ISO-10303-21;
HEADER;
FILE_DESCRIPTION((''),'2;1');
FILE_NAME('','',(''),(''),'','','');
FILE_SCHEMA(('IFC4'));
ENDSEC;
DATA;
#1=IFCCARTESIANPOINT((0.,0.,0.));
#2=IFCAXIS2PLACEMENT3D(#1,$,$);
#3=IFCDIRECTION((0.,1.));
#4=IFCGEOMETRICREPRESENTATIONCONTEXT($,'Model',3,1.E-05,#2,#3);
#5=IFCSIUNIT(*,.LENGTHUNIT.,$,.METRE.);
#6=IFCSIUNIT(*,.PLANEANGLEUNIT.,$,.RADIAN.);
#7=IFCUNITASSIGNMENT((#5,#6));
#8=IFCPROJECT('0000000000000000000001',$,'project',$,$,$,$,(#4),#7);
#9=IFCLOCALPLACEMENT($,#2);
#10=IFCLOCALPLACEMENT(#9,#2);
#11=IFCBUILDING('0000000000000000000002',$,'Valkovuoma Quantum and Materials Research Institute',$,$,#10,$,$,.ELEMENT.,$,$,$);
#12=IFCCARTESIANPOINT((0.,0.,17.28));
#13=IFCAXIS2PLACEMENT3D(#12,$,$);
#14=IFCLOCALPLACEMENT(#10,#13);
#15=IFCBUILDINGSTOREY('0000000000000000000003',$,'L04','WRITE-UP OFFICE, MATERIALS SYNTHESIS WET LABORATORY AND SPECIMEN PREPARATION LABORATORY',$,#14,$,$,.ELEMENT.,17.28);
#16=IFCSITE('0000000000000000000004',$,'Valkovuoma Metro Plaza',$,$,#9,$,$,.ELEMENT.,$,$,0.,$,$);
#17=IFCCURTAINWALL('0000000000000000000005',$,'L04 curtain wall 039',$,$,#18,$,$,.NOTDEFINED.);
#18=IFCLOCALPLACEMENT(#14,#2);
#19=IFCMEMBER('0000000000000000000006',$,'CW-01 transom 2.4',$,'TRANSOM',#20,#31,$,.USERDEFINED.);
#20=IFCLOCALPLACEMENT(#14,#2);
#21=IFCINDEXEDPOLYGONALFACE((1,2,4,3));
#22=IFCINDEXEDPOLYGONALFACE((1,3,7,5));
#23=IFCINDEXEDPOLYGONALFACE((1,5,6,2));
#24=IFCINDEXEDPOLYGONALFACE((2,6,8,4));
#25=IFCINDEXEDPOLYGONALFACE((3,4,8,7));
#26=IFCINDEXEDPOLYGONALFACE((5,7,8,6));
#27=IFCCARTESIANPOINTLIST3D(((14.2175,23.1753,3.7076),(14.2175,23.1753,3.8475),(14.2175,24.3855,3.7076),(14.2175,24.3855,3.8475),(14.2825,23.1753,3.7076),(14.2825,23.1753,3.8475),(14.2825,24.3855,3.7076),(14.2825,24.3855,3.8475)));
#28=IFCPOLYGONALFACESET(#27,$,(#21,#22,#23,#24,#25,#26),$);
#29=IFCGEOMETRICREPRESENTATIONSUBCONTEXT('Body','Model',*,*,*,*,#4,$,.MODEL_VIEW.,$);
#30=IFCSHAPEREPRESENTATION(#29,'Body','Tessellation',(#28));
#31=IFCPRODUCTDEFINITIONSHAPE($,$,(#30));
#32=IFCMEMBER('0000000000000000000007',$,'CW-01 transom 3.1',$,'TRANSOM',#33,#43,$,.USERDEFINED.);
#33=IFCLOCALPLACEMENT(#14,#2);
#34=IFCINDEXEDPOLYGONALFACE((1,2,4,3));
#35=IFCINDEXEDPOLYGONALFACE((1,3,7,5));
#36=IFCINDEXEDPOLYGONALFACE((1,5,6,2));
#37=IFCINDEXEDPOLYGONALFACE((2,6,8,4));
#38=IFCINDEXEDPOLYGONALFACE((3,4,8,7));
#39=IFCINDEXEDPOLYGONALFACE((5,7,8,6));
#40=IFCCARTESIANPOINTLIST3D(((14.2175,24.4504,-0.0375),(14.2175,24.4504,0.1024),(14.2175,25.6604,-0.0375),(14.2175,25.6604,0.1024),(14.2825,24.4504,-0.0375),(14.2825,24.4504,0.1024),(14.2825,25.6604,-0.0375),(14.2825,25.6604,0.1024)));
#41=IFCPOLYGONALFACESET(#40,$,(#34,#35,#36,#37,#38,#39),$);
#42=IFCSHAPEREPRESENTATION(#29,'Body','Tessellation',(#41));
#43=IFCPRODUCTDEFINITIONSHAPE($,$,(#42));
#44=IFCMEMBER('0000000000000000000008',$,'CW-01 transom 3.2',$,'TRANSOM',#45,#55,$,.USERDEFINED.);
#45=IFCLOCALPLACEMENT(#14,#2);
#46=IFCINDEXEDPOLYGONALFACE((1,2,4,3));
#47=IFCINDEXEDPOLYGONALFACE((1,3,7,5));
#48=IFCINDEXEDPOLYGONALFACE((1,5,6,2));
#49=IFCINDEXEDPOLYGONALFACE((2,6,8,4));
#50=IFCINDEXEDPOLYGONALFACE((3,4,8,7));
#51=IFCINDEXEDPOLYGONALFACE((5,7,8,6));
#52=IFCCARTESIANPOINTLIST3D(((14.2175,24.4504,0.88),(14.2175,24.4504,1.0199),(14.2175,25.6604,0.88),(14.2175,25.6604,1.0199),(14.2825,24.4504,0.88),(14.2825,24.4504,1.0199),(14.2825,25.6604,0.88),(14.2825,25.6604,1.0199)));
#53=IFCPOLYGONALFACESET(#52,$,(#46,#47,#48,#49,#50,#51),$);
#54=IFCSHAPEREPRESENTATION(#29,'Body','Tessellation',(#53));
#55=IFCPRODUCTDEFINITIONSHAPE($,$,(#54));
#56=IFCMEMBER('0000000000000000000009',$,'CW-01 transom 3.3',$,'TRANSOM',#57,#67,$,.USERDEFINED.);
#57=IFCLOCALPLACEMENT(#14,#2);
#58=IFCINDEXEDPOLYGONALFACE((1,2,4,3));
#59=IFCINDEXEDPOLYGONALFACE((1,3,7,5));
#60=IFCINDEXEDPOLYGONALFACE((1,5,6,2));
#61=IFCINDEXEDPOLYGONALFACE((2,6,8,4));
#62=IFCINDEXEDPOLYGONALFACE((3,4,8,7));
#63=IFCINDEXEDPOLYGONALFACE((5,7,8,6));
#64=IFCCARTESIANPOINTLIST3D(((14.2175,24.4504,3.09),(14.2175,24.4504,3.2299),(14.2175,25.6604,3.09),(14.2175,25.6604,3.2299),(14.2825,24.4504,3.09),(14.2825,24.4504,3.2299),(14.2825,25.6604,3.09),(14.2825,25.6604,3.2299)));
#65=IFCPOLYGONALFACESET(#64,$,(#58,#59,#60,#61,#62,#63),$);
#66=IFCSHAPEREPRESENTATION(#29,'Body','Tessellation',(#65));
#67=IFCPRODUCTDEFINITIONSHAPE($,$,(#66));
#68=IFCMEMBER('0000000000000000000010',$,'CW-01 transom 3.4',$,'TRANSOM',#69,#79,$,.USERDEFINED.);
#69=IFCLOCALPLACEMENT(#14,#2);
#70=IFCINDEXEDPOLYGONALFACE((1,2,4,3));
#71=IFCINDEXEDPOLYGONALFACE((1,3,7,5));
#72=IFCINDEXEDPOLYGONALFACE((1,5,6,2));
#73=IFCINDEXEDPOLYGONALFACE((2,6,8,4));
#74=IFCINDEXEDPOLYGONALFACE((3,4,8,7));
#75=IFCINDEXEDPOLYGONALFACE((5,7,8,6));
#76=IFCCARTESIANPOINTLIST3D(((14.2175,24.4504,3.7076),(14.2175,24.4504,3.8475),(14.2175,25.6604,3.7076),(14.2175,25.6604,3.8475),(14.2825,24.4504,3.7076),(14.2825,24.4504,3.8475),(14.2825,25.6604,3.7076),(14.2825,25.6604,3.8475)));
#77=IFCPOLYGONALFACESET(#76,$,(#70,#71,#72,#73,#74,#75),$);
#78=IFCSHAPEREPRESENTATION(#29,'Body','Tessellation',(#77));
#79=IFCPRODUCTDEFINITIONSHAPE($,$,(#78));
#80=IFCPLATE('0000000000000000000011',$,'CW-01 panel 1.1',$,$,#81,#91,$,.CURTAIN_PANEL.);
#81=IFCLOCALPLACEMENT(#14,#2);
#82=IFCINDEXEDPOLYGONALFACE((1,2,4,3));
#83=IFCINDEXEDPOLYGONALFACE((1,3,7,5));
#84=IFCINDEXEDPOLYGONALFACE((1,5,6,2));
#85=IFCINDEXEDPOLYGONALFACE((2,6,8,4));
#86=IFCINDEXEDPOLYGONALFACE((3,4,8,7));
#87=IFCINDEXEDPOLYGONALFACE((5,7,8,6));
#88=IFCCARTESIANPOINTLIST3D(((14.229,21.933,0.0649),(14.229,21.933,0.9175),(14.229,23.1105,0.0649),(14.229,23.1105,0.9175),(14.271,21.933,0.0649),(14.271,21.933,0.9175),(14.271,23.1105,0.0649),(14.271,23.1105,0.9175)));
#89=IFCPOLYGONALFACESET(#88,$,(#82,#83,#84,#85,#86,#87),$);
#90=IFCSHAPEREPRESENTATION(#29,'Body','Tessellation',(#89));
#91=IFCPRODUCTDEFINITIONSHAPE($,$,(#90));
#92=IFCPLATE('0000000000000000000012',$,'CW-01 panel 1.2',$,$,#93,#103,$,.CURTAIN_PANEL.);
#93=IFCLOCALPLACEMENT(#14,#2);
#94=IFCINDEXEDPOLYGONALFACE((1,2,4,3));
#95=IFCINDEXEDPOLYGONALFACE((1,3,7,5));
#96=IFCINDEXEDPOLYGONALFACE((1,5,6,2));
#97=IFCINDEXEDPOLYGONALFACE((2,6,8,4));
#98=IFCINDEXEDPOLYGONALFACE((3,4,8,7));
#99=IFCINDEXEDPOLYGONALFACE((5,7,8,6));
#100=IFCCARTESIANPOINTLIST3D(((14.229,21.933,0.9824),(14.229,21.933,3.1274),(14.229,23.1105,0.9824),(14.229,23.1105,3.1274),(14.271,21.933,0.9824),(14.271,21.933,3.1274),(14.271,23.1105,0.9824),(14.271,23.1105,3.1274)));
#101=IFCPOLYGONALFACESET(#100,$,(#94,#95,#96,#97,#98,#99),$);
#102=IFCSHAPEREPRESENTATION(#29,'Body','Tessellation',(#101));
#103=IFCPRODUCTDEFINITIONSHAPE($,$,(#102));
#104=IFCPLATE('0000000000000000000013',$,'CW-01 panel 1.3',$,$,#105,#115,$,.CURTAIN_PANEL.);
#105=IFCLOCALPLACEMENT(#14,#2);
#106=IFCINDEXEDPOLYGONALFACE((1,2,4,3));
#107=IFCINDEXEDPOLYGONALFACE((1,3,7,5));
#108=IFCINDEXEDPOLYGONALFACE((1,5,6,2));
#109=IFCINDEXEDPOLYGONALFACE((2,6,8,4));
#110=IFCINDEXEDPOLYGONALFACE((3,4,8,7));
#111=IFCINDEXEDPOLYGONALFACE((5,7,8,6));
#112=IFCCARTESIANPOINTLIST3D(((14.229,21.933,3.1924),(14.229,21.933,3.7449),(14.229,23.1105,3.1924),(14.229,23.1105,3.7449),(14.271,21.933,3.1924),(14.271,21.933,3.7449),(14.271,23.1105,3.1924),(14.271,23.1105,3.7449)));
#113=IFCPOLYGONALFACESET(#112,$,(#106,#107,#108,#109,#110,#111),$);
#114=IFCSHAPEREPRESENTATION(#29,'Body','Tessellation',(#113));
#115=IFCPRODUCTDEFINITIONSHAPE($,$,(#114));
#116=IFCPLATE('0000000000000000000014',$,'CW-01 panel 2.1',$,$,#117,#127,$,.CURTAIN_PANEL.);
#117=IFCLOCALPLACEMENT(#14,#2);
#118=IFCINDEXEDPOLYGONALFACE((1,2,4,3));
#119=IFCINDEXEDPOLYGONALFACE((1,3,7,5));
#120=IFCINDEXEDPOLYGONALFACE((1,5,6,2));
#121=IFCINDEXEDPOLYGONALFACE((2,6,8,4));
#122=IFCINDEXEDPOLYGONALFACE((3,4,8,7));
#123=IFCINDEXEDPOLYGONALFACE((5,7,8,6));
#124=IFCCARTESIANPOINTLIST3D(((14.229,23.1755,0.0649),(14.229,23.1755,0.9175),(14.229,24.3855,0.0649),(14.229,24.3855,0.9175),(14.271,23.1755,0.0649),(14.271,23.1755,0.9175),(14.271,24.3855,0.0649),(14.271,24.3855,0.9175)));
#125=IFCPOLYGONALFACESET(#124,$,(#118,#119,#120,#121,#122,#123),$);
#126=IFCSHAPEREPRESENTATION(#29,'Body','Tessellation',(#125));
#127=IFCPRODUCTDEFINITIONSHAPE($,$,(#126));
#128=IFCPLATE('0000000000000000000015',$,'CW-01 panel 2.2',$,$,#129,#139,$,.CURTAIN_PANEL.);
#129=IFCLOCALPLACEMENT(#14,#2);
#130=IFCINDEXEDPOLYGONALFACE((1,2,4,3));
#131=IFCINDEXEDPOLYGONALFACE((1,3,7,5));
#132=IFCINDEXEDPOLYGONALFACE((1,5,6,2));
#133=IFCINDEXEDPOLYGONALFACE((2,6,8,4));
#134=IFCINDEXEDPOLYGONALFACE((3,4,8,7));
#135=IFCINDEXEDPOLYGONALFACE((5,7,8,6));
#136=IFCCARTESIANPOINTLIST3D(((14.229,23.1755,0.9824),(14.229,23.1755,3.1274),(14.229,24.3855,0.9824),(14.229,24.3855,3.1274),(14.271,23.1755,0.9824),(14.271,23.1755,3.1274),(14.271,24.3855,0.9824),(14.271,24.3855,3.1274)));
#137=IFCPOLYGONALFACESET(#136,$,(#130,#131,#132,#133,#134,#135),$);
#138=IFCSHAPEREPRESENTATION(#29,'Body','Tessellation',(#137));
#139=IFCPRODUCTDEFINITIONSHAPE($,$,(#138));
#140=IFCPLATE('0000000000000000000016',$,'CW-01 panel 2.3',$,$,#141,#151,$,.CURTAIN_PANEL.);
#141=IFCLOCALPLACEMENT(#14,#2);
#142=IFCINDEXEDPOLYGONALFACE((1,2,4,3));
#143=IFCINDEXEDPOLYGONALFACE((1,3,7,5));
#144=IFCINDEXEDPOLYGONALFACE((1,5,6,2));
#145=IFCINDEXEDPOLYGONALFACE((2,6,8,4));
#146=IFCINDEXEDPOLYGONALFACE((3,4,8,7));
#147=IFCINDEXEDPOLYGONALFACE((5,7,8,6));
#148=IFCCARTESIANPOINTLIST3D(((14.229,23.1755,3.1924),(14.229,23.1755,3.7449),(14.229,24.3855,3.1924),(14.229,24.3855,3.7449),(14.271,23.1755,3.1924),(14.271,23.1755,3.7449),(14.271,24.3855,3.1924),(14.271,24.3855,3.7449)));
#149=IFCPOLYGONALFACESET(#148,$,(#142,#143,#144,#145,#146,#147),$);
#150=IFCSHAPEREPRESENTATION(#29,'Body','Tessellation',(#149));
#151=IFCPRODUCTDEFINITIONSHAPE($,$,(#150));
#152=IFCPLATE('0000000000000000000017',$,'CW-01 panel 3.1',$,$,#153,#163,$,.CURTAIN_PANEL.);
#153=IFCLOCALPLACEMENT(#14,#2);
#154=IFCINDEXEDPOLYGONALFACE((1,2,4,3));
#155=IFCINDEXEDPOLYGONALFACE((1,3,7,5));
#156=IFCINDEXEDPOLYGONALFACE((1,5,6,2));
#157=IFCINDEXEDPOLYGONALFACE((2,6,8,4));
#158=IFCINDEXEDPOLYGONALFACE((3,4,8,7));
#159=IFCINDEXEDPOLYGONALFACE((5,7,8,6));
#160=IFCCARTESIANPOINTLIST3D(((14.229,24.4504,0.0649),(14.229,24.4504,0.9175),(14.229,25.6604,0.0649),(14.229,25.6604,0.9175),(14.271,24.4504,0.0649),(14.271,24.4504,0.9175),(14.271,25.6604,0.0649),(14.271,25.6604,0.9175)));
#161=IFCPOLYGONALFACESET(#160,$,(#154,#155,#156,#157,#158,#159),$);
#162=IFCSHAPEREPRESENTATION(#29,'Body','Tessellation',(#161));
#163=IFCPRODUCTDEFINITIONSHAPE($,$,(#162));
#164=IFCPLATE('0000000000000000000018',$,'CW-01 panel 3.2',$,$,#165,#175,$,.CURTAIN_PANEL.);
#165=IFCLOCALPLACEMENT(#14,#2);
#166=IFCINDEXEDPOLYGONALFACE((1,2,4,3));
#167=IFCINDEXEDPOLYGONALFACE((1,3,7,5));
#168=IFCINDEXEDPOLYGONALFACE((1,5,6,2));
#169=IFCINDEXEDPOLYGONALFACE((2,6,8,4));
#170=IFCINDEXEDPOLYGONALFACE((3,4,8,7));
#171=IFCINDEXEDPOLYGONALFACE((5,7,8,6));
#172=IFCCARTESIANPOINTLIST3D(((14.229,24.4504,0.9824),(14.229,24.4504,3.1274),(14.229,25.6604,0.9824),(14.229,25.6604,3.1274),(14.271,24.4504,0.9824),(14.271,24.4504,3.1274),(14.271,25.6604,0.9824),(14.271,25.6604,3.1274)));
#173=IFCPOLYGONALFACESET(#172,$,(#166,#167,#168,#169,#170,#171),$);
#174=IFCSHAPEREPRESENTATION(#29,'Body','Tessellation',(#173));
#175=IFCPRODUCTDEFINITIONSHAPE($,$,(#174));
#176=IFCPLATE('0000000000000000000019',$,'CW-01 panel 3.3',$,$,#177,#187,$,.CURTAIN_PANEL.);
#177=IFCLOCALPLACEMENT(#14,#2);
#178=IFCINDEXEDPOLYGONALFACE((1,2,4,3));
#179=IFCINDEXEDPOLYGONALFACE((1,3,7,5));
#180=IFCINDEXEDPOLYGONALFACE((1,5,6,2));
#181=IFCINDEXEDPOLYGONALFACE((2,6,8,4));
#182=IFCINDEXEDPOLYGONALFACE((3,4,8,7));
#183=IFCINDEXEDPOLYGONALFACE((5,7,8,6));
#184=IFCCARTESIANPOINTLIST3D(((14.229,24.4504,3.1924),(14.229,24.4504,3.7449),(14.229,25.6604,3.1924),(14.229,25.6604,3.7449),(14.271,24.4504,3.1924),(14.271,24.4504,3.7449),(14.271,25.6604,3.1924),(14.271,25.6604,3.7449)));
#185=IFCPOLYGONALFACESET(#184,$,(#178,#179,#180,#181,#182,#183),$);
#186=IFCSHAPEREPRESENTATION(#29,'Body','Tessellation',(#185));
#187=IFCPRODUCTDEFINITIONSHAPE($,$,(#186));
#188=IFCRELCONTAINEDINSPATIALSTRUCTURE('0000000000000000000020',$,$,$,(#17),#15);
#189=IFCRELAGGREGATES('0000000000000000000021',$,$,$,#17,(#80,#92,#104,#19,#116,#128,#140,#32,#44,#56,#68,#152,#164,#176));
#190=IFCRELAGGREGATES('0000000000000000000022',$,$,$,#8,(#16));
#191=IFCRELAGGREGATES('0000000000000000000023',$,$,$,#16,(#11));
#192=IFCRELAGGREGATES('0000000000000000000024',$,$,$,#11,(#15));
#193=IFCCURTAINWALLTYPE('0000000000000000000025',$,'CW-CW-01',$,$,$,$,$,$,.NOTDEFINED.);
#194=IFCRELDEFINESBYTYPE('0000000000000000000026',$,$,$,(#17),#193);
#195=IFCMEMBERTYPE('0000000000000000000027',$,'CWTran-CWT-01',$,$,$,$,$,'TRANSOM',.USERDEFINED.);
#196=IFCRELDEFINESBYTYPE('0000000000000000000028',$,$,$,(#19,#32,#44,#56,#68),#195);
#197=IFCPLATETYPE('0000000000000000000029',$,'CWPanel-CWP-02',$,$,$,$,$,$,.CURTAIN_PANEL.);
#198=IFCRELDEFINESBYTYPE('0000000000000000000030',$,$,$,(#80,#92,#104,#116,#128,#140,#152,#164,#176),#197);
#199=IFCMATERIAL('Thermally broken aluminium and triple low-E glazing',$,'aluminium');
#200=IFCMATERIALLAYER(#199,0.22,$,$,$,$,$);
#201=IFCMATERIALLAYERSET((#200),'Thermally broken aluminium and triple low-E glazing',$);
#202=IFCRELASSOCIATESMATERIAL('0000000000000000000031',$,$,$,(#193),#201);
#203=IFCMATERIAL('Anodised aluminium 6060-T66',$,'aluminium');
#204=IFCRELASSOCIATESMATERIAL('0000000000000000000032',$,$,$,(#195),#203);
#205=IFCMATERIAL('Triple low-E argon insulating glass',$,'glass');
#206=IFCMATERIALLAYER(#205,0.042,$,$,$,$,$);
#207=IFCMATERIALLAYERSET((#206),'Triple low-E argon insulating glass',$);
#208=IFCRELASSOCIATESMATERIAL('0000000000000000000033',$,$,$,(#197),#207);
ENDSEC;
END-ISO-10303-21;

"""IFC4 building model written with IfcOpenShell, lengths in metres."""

from ifc_helpers import new_model, si_unit, direction, frame, origin, origin_2d, place, context, subcontext, project, spatial, rectangle, extrude, material, layer, layer_set, material_profile, profile_set, type_object, element, aggregate, save


model = new_model("IFC4")

# Units and contexts
model_context = context("Model", 3, precision=1e-05, world=origin(), true_north=direction((0.0, 1.0)))
body_context = subcontext(model_context, "Body", "Model", "MODEL_VIEW")
ifc_project = project(units=[si_unit("LENGTHUNIT", "METRE"), si_unit("PLANEANGLEUNIT", "RADIAN")], contexts=[model_context])

# Site, building, storey
site_placement = place(None, origin())
site = spatial("IfcSite", under=ifc_project, at=site_placement, Name="Valkovuoma Metro Plaza", CompositionType="ELEMENT", RefElevation=0.0)
building_placement = place(site_placement, origin())
building = spatial("IfcBuilding", under=site, at=building_placement, Name="Valkovuoma Quantum and Materials Research Institute", CompositionType="ELEMENT")
storey_placement = place(building_placement, frame((0.0, 0.0, 17.28)))
storey = spatial("IfcBuildingStorey", under=building, at=storey_placement, Name="L04", Description="WRITE-UP OFFICE, MATERIALS SYNTHESIS WET LABORATORY AND SPECIMEN PREPARATION LABORATORY", CompositionType="ELEMENT", Elevation=17.28)

# Curtain wall, members, plates
ifc_material_1 = material(Name="Thermally broken aluminium and triple low-E glazing", Category="aluminium")
ifc_layer_1 = layer(ifc_material_1, 0.22)
ifc_layer_set_1 = layer_set([ifc_layer_1], Name="Thermally broken aluminium and triple low-E glazing")
curtain_wall_type = type_object("IfcCurtainWallType", Name="CW-CW-01", PredefinedType="NOTDEFINED", material=ifc_layer_set_1)
curtain_wall_placement = place(storey_placement, origin())
curtain_wall = element("IfcCurtainWall", 1, at=curtain_wall_placement, inside=storey, type_object=curtain_wall_type, Name="L04 curtain wall 039", PredefinedType="NOTDEFINED")
ifc_material_2 = material(Name="Anodised aluminium 6060-T66", Category="aluminium")
ifc_material_profile_1 = material_profile(ifc_material_2, rectangle(XDim=0.0649, YDim=0.1399, at=origin_2d()), Name="Anodised aluminium 6060-T66")
ifc_profile_set_1 = profile_set([ifc_material_profile_1], Name="Anodised aluminium 6060-T66")
member_type_1 = type_object("IfcMemberType", Name="CWTran-CWT-01", ElementType="TRANSOM", PredefinedType="USERDEFINED", material=ifc_profile_set_1)
member_1_placement = place(storey_placement, frame((14.25, 23.1753, 3.7776), z_axis=(0.0, 1.0, 0.0), x_axis=(-1.0, 0.0, 0.0)))
member_1 = element("IfcMember", 2, at=member_1_placement, type_object=member_type_1, Name="CW-01 transom 2.4", ObjectType="TRANSOM", PredefinedType="USERDEFINED", context=body_context, shape_type="SweptSolid", body=[
    extrude(rectangle(XDim=0.0649, YDim=0.1399, at=origin_2d()), origin(), (0.0, 0.0, 1.0), 1.2102),
])
member_2_placement = place(storey_placement, frame((14.25, 24.4504, 0.0325), z_axis=(0.0, 1.0, 0.0), x_axis=(-1.0, 0.0, 0.0)))
member_2 = element("IfcMember", 3, at=member_2_placement, type_object=member_type_1, Name="CW-01 transom 3.1", ObjectType="TRANSOM", PredefinedType="USERDEFINED", context=body_context, shape_type="SweptSolid", body=[
    extrude(rectangle(XDim=0.0649, YDim=0.1399, at=origin_2d()), origin(), (0.0, 0.0, 1.0), 1.21),
])
member_3_placement = place(storey_placement, frame((14.25, 24.4504, 0.95), z_axis=(0.0, 1.0, 0.0), x_axis=(-1.0, 0.0, 0.0)))
member_3 = element("IfcMember", 4, at=member_3_placement, type_object=member_type_1, Name="CW-01 transom 3.2", ObjectType="TRANSOM", PredefinedType="USERDEFINED", context=body_context, shape_type="SweptSolid", body=[
    extrude(rectangle(XDim=0.0649, YDim=0.1399, at=origin_2d()), origin(), (0.0, 0.0, 1.0), 1.21),
])
member_4_placement = place(storey_placement, frame((14.25, 24.4504, 3.1599), z_axis=(0.0, 1.0, 0.0), x_axis=(-1.0, 0.0, 0.0)))
member_4 = element("IfcMember", 5, at=member_4_placement, type_object=member_type_1, Name="CW-01 transom 3.3", ObjectType="TRANSOM", PredefinedType="USERDEFINED", context=body_context, shape_type="SweptSolid", body=[
    extrude(rectangle(XDim=0.0649, YDim=0.1399, at=origin_2d()), origin(), (0.0, 0.0, 1.0), 1.21),
])
member_5_placement = place(storey_placement, frame((14.25, 24.4504, 3.7776), z_axis=(0.0, 1.0, 0.0), x_axis=(-1.0, 0.0, 0.0)))
member_5 = element("IfcMember", 6, at=member_5_placement, type_object=member_type_1, Name="CW-01 transom 3.4", ObjectType="TRANSOM", PredefinedType="USERDEFINED", context=body_context, shape_type="SweptSolid", body=[
    extrude(rectangle(XDim=0.0649, YDim=0.1399, at=origin_2d()), origin(), (0.0, 0.0, 1.0), 1.21),
])
ifc_material_3 = material(Name="Triple low-E argon insulating glass", Category="glass")
ifc_layer_2 = layer(ifc_material_3, 0.042)
ifc_layer_set_2 = layer_set([ifc_layer_2], Name="Triple low-E argon insulating glass")
plate_type = type_object("IfcPlateType", Name="CWPanel-CWP-02", PredefinedType="CURTAIN_PANEL", material=ifc_layer_set_2)
plate_1_placement = place(storey_placement, frame((14.25, 22.5217, 0.0649), z_axis=(0.0, 0.0, 1.0), x_axis=(0.0, 1.0, 0.0)))
plate_1 = element("IfcPlate", 7, at=plate_1_placement, type_object=plate_type, Name="CW-01 panel 1.1", PredefinedType="CURTAIN_PANEL", context=body_context, shape_type="SweptSolid", body=[
    extrude(rectangle(XDim=1.1775, YDim=0.042, at=origin_2d()), origin(), (0.0, 0.0, 1.0), 0.8525),
])
plate_2_placement = place(storey_placement, frame((14.25, 22.5217, 0.9824), z_axis=(0.0, 0.0, 1.0), x_axis=(0.0, 1.0, 0.0)))
plate_2 = element("IfcPlate", 8, at=plate_2_placement, type_object=plate_type, Name="CW-01 panel 1.2", PredefinedType="CURTAIN_PANEL", context=body_context, shape_type="SweptSolid", body=[
    extrude(rectangle(XDim=1.1775, YDim=0.042, at=origin_2d()), origin(), (0.0, 0.0, 1.0), 2.145),
])
plate_3_placement = place(storey_placement, frame((14.25, 22.5217, 3.1924), z_axis=(0.0, 0.0, 1.0), x_axis=(0.0, 1.0, 0.0)))
plate_3 = element("IfcPlate", 9, at=plate_3_placement, type_object=plate_type, Name="CW-01 panel 1.3", PredefinedType="CURTAIN_PANEL", context=body_context, shape_type="SweptSolid", body=[
    extrude(rectangle(XDim=1.1775, YDim=0.042, at=origin_2d()), origin(), (0.0, 0.0, 1.0), 0.5525),
])
plate_4_placement = place(storey_placement, frame((14.25, 23.7805, 0.0649), z_axis=(0.0, 0.0, 1.0), x_axis=(0.0, 1.0, 0.0)))
plate_4 = element("IfcPlate", 10, at=plate_4_placement, type_object=plate_type, Name="CW-01 panel 2.1", PredefinedType="CURTAIN_PANEL", context=body_context, shape_type="SweptSolid", body=[
    extrude(rectangle(XDim=1.21, YDim=0.042, at=origin_2d()), origin(), (0.0, 0.0, 1.0), 0.8525),
])
plate_5_placement = place(storey_placement, frame((14.25, 23.7805, 0.9824), z_axis=(0.0, 0.0, 1.0), x_axis=(0.0, 1.0, 0.0)))
plate_5 = element("IfcPlate", 11, at=plate_5_placement, type_object=plate_type, Name="CW-01 panel 2.2", PredefinedType="CURTAIN_PANEL", context=body_context, shape_type="SweptSolid", body=[
    extrude(rectangle(XDim=1.21, YDim=0.042, at=origin_2d()), origin(), (0.0, 0.0, 1.0), 2.145),
])
plate_6_placement = place(storey_placement, frame((14.25, 23.7805, 3.1924), z_axis=(0.0, 0.0, 1.0), x_axis=(0.0, 1.0, 0.0)))
plate_6 = element("IfcPlate", 12, at=plate_6_placement, type_object=plate_type, Name="CW-01 panel 2.3", PredefinedType="CURTAIN_PANEL", context=body_context, shape_type="SweptSolid", body=[
    extrude(rectangle(XDim=1.21, YDim=0.042, at=origin_2d()), origin(), (0.0, 0.0, 1.0), 0.5525),
])
plate_7_placement = place(storey_placement, frame((14.25, 25.0554, 0.0649), z_axis=(0.0, 0.0, 1.0), x_axis=(0.0, 1.0, 0.0)))
plate_7 = element("IfcPlate", 13, at=plate_7_placement, type_object=plate_type, Name="CW-01 panel 3.1", PredefinedType="CURTAIN_PANEL", context=body_context, shape_type="SweptSolid", body=[
    extrude(rectangle(XDim=1.21, YDim=0.042, at=origin_2d()), origin(), (0.0, 0.0, 1.0), 0.8525),
])
plate_8_placement = place(storey_placement, frame((14.25, 25.0554, 0.9824), z_axis=(0.0, 0.0, 1.0), x_axis=(0.0, 1.0, 0.0)))
plate_8 = element("IfcPlate", 14, at=plate_8_placement, type_object=plate_type, Name="CW-01 panel 3.2", PredefinedType="CURTAIN_PANEL", context=body_context, shape_type="SweptSolid", body=[
    extrude(rectangle(XDim=1.21, YDim=0.042, at=origin_2d()), origin(), (0.0, 0.0, 1.0), 2.145),
])
plate_9_placement = place(storey_placement, frame((14.25, 25.0554, 3.1924), z_axis=(0.0, 0.0, 1.0), x_axis=(0.0, 1.0, 0.0)))
plate_9 = element("IfcPlate", 15, at=plate_9_placement, type_object=plate_type, Name="CW-01 panel 3.3", PredefinedType="CURTAIN_PANEL", context=body_context, shape_type="SweptSolid", body=[
    extrude(rectangle(XDim=1.21, YDim=0.042, at=origin_2d()), origin(), (0.0, 0.0, 1.0), 0.5525),
])
aggregate(curtain_wall, [plate_1, plate_2, plate_3, member_1, plate_4, plate_5, plate_6, member_2, member_3, member_4, member_5, plate_7, plate_8, plate_9])

save(model, "model.ifc")
